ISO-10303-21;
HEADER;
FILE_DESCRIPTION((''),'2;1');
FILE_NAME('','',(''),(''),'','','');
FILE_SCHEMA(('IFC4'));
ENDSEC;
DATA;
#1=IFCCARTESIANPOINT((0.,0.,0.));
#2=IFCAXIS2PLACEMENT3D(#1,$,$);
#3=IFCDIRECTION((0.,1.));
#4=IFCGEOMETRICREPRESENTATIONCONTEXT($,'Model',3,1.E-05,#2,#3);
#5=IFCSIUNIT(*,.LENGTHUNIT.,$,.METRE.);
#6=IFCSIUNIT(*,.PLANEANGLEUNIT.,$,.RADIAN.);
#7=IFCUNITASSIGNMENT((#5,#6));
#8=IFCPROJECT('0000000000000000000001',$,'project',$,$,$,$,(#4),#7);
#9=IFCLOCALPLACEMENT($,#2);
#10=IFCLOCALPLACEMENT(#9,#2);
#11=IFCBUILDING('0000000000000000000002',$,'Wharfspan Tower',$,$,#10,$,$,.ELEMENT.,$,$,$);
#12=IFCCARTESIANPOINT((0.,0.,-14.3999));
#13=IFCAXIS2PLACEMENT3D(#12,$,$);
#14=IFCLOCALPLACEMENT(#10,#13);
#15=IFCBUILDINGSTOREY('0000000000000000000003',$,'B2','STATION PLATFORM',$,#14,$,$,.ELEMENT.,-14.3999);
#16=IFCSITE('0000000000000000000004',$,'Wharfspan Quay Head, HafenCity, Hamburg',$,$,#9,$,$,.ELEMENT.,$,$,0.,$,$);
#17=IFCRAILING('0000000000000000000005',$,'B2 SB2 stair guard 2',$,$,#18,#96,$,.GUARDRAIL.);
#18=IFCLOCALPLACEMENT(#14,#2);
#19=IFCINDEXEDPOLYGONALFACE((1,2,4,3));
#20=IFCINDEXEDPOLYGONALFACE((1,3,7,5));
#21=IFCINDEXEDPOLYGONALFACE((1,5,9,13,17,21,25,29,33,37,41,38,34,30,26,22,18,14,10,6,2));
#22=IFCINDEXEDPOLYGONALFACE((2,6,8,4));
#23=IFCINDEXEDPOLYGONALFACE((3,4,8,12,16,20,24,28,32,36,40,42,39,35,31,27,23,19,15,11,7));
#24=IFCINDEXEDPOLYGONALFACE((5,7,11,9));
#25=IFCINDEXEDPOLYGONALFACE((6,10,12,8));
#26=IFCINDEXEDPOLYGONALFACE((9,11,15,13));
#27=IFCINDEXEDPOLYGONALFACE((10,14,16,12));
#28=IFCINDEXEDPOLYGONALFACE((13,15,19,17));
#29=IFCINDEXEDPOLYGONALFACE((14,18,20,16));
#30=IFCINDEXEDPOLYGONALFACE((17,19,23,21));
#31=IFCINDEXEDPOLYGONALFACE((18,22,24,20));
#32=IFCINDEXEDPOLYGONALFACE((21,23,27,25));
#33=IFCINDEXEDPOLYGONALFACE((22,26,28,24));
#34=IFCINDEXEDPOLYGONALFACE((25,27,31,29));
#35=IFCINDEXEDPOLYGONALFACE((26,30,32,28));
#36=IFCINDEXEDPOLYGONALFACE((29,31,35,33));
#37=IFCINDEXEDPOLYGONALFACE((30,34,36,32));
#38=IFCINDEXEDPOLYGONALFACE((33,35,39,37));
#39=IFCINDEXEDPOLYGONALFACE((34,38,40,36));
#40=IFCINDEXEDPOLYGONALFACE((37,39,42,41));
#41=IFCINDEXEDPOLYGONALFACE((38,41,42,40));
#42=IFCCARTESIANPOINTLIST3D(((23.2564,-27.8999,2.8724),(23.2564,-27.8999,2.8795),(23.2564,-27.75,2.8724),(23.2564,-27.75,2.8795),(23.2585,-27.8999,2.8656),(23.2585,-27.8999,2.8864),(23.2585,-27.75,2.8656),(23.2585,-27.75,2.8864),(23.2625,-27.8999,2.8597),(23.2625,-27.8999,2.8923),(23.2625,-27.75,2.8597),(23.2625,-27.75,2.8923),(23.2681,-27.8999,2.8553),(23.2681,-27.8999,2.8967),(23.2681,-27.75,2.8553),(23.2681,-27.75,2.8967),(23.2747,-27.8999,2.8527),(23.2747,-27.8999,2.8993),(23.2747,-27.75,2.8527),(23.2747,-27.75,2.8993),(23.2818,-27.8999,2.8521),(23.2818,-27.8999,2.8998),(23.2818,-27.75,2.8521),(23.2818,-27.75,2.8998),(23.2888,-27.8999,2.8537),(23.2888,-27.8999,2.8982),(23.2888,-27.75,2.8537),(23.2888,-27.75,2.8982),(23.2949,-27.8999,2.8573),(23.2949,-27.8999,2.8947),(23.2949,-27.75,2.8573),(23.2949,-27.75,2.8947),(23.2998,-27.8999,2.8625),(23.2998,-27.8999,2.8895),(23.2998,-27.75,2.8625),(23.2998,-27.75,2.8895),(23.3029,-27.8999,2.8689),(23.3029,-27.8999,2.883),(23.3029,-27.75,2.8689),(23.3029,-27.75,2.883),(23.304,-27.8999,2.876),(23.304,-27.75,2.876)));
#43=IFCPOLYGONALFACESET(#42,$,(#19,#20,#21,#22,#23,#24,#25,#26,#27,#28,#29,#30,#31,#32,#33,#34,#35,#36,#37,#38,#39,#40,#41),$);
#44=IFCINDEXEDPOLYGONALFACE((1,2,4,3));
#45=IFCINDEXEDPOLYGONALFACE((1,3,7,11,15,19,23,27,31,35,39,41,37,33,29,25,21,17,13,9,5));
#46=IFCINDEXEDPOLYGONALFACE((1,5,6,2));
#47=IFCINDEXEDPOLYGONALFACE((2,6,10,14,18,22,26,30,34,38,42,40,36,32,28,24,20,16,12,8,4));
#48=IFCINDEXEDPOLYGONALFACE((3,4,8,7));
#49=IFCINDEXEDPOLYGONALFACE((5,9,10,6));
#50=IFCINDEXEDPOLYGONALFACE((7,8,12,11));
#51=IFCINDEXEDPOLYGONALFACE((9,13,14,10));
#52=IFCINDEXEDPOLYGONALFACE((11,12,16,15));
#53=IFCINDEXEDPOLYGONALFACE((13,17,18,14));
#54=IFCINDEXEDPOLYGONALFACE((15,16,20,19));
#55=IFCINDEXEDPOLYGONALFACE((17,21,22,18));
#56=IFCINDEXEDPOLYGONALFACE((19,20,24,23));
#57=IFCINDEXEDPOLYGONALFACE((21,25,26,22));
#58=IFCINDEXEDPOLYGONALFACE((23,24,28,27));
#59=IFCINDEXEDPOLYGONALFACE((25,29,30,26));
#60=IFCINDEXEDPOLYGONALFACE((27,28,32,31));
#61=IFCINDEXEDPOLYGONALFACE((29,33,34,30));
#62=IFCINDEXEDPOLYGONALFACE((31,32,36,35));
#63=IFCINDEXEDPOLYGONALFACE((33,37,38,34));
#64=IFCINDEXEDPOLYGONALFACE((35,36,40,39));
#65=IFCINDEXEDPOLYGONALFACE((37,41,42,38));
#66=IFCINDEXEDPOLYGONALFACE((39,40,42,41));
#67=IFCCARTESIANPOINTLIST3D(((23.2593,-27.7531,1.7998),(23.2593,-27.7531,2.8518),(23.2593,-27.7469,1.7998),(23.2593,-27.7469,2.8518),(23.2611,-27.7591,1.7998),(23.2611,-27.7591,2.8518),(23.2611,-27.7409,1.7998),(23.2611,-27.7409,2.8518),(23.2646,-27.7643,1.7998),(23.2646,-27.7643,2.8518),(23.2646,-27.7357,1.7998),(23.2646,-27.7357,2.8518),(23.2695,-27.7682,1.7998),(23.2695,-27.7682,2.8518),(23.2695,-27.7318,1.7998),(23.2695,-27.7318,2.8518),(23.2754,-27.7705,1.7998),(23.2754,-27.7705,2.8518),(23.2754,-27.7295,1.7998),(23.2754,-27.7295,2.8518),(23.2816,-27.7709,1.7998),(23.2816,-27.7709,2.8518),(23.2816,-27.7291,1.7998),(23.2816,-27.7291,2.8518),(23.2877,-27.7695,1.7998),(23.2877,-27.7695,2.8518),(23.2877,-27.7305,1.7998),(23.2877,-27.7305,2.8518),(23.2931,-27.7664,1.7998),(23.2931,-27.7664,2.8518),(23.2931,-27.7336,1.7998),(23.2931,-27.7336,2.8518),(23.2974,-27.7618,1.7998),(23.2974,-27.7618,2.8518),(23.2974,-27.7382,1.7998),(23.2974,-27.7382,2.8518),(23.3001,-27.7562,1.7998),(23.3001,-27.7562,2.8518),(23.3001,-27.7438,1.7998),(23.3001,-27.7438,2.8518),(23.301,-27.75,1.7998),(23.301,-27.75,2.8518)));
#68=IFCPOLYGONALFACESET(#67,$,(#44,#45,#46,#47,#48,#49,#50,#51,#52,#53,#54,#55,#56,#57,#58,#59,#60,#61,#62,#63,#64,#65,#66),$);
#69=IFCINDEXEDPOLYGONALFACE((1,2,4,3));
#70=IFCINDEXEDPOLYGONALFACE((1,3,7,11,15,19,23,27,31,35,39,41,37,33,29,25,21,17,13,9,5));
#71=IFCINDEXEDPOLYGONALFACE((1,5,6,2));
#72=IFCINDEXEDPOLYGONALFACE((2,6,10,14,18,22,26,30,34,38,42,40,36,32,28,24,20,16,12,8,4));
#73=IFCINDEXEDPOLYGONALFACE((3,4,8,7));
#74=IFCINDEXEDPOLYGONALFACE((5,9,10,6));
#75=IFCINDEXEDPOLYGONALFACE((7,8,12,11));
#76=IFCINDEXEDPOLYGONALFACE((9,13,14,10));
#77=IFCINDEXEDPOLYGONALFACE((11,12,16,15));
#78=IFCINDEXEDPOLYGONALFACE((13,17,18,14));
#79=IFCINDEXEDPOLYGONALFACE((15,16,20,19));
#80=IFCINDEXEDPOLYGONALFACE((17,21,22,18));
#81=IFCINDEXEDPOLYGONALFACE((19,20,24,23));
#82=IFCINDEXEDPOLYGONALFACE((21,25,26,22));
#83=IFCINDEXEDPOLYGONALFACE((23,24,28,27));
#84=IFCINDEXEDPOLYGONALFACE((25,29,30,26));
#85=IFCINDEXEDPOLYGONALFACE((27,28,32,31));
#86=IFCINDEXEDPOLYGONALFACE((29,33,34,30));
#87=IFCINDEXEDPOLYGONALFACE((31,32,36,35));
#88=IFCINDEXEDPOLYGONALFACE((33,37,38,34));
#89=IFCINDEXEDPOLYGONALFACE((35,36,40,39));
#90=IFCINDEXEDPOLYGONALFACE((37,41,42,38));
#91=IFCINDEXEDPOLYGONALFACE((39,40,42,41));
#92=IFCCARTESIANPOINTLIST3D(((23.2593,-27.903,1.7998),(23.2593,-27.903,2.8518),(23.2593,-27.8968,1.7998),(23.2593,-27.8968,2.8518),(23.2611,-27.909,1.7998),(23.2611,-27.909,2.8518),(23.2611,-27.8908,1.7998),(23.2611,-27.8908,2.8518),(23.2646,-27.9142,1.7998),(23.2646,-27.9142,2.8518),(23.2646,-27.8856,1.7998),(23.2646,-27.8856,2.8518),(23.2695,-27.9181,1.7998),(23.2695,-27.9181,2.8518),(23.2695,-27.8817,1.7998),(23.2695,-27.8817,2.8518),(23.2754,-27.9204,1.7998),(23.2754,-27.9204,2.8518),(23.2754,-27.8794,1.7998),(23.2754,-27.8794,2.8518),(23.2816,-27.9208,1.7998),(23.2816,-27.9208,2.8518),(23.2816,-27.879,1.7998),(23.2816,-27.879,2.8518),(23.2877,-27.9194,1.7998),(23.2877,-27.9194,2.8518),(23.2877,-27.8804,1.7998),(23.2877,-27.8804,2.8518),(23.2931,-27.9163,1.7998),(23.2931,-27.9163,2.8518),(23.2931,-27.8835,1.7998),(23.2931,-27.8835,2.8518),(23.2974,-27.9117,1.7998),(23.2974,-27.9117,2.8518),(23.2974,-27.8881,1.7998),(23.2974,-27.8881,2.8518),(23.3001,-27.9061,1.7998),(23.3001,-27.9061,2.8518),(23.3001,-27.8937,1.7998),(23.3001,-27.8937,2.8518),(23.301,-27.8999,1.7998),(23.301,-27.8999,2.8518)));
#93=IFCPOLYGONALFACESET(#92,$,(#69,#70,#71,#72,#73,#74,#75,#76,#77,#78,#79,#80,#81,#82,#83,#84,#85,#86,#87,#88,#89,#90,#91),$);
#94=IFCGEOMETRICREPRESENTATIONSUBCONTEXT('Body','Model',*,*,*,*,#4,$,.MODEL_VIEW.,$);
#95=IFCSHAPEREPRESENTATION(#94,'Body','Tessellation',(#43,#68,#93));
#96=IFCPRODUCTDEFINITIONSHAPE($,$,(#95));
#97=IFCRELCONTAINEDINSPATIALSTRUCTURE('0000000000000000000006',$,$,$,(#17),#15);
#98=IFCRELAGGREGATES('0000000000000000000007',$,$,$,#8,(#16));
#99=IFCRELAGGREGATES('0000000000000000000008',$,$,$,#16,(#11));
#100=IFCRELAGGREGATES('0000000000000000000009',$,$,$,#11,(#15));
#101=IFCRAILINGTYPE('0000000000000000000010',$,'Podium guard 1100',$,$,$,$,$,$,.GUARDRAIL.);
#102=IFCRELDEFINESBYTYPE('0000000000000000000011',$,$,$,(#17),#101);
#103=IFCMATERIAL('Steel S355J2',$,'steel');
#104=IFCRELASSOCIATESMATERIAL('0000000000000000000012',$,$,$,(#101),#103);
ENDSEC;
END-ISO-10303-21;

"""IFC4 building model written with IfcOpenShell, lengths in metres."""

from ifc_helpers import new_model, si_unit, direction, frame, origin, origin_2d, place, context, subcontext, project, spatial, circle, extrude, material, type_object, element, save


model = new_model("IFC4")

# Units and contexts
model_context = context("Model", 3, precision=1e-05, world=origin(), true_north=direction((0.0, 1.0)))
body_context = subcontext(model_context, "Body", "Model", "MODEL_VIEW")
ifc_project = project(units=[si_unit("LENGTHUNIT", "METRE"), si_unit("PLANEANGLEUNIT", "RADIAN")], contexts=[model_context])

# Site, building, storey
site_placement = place(None, origin())
site = spatial("IfcSite", under=ifc_project, at=site_placement, Name="Wharfspan Quay Head, HafenCity, Hamburg", CompositionType="ELEMENT", RefElevation=0.0)
building_placement = place(site_placement, origin())
building = spatial("IfcBuilding", under=site, at=building_placement, Name="Wharfspan Tower", CompositionType="ELEMENT")
storey_placement = place(building_placement, frame((0.0, 0.0, -14.3999)))
storey = spatial("IfcBuildingStorey", under=building, at=storey_placement, Name="B2", Description="STATION PLATFORM", CompositionType="ELEMENT", Elevation=-14.3999)

# Railing
ifc_material_1 = material(Name="Steel S355J2", Category="steel")
railing_type_1 = type_object("IfcRailingType", Name="Podium guard 1100", PredefinedType="GUARDRAIL", material=ifc_material_1)
railing_1_placement = place(storey_placement, frame((23.28, -27.75, 1.7998)))
element("IfcRailing", 1, at=railing_1_placement, inside=storey, type_object=railing_type_1, Name="B2 SB2 stair guard 2", PredefinedType="GUARDRAIL", context=body_context, shape_type="SweptSolid", body=[
    extrude(circle(Radius=0.0239, at=origin_2d()), frame((0.0, 0.0, 1.0762), z_axis=(0.0, -1.0, 0.0), x_axis=(1.0, 0.0, 0.0)), (0.0, 0.0, 1.0), 0.1499),
    extrude(circle(Radius=0.021, at=origin_2d()), origin(), (0.0, 0.0, 1.0), 1.052),
    extrude(circle(Radius=0.021, at=origin_2d()), frame((0.0, -0.1499, 0.0)), (0.0, 0.0, 1.0), 1.052),
])

save(model, "model.ifc")
